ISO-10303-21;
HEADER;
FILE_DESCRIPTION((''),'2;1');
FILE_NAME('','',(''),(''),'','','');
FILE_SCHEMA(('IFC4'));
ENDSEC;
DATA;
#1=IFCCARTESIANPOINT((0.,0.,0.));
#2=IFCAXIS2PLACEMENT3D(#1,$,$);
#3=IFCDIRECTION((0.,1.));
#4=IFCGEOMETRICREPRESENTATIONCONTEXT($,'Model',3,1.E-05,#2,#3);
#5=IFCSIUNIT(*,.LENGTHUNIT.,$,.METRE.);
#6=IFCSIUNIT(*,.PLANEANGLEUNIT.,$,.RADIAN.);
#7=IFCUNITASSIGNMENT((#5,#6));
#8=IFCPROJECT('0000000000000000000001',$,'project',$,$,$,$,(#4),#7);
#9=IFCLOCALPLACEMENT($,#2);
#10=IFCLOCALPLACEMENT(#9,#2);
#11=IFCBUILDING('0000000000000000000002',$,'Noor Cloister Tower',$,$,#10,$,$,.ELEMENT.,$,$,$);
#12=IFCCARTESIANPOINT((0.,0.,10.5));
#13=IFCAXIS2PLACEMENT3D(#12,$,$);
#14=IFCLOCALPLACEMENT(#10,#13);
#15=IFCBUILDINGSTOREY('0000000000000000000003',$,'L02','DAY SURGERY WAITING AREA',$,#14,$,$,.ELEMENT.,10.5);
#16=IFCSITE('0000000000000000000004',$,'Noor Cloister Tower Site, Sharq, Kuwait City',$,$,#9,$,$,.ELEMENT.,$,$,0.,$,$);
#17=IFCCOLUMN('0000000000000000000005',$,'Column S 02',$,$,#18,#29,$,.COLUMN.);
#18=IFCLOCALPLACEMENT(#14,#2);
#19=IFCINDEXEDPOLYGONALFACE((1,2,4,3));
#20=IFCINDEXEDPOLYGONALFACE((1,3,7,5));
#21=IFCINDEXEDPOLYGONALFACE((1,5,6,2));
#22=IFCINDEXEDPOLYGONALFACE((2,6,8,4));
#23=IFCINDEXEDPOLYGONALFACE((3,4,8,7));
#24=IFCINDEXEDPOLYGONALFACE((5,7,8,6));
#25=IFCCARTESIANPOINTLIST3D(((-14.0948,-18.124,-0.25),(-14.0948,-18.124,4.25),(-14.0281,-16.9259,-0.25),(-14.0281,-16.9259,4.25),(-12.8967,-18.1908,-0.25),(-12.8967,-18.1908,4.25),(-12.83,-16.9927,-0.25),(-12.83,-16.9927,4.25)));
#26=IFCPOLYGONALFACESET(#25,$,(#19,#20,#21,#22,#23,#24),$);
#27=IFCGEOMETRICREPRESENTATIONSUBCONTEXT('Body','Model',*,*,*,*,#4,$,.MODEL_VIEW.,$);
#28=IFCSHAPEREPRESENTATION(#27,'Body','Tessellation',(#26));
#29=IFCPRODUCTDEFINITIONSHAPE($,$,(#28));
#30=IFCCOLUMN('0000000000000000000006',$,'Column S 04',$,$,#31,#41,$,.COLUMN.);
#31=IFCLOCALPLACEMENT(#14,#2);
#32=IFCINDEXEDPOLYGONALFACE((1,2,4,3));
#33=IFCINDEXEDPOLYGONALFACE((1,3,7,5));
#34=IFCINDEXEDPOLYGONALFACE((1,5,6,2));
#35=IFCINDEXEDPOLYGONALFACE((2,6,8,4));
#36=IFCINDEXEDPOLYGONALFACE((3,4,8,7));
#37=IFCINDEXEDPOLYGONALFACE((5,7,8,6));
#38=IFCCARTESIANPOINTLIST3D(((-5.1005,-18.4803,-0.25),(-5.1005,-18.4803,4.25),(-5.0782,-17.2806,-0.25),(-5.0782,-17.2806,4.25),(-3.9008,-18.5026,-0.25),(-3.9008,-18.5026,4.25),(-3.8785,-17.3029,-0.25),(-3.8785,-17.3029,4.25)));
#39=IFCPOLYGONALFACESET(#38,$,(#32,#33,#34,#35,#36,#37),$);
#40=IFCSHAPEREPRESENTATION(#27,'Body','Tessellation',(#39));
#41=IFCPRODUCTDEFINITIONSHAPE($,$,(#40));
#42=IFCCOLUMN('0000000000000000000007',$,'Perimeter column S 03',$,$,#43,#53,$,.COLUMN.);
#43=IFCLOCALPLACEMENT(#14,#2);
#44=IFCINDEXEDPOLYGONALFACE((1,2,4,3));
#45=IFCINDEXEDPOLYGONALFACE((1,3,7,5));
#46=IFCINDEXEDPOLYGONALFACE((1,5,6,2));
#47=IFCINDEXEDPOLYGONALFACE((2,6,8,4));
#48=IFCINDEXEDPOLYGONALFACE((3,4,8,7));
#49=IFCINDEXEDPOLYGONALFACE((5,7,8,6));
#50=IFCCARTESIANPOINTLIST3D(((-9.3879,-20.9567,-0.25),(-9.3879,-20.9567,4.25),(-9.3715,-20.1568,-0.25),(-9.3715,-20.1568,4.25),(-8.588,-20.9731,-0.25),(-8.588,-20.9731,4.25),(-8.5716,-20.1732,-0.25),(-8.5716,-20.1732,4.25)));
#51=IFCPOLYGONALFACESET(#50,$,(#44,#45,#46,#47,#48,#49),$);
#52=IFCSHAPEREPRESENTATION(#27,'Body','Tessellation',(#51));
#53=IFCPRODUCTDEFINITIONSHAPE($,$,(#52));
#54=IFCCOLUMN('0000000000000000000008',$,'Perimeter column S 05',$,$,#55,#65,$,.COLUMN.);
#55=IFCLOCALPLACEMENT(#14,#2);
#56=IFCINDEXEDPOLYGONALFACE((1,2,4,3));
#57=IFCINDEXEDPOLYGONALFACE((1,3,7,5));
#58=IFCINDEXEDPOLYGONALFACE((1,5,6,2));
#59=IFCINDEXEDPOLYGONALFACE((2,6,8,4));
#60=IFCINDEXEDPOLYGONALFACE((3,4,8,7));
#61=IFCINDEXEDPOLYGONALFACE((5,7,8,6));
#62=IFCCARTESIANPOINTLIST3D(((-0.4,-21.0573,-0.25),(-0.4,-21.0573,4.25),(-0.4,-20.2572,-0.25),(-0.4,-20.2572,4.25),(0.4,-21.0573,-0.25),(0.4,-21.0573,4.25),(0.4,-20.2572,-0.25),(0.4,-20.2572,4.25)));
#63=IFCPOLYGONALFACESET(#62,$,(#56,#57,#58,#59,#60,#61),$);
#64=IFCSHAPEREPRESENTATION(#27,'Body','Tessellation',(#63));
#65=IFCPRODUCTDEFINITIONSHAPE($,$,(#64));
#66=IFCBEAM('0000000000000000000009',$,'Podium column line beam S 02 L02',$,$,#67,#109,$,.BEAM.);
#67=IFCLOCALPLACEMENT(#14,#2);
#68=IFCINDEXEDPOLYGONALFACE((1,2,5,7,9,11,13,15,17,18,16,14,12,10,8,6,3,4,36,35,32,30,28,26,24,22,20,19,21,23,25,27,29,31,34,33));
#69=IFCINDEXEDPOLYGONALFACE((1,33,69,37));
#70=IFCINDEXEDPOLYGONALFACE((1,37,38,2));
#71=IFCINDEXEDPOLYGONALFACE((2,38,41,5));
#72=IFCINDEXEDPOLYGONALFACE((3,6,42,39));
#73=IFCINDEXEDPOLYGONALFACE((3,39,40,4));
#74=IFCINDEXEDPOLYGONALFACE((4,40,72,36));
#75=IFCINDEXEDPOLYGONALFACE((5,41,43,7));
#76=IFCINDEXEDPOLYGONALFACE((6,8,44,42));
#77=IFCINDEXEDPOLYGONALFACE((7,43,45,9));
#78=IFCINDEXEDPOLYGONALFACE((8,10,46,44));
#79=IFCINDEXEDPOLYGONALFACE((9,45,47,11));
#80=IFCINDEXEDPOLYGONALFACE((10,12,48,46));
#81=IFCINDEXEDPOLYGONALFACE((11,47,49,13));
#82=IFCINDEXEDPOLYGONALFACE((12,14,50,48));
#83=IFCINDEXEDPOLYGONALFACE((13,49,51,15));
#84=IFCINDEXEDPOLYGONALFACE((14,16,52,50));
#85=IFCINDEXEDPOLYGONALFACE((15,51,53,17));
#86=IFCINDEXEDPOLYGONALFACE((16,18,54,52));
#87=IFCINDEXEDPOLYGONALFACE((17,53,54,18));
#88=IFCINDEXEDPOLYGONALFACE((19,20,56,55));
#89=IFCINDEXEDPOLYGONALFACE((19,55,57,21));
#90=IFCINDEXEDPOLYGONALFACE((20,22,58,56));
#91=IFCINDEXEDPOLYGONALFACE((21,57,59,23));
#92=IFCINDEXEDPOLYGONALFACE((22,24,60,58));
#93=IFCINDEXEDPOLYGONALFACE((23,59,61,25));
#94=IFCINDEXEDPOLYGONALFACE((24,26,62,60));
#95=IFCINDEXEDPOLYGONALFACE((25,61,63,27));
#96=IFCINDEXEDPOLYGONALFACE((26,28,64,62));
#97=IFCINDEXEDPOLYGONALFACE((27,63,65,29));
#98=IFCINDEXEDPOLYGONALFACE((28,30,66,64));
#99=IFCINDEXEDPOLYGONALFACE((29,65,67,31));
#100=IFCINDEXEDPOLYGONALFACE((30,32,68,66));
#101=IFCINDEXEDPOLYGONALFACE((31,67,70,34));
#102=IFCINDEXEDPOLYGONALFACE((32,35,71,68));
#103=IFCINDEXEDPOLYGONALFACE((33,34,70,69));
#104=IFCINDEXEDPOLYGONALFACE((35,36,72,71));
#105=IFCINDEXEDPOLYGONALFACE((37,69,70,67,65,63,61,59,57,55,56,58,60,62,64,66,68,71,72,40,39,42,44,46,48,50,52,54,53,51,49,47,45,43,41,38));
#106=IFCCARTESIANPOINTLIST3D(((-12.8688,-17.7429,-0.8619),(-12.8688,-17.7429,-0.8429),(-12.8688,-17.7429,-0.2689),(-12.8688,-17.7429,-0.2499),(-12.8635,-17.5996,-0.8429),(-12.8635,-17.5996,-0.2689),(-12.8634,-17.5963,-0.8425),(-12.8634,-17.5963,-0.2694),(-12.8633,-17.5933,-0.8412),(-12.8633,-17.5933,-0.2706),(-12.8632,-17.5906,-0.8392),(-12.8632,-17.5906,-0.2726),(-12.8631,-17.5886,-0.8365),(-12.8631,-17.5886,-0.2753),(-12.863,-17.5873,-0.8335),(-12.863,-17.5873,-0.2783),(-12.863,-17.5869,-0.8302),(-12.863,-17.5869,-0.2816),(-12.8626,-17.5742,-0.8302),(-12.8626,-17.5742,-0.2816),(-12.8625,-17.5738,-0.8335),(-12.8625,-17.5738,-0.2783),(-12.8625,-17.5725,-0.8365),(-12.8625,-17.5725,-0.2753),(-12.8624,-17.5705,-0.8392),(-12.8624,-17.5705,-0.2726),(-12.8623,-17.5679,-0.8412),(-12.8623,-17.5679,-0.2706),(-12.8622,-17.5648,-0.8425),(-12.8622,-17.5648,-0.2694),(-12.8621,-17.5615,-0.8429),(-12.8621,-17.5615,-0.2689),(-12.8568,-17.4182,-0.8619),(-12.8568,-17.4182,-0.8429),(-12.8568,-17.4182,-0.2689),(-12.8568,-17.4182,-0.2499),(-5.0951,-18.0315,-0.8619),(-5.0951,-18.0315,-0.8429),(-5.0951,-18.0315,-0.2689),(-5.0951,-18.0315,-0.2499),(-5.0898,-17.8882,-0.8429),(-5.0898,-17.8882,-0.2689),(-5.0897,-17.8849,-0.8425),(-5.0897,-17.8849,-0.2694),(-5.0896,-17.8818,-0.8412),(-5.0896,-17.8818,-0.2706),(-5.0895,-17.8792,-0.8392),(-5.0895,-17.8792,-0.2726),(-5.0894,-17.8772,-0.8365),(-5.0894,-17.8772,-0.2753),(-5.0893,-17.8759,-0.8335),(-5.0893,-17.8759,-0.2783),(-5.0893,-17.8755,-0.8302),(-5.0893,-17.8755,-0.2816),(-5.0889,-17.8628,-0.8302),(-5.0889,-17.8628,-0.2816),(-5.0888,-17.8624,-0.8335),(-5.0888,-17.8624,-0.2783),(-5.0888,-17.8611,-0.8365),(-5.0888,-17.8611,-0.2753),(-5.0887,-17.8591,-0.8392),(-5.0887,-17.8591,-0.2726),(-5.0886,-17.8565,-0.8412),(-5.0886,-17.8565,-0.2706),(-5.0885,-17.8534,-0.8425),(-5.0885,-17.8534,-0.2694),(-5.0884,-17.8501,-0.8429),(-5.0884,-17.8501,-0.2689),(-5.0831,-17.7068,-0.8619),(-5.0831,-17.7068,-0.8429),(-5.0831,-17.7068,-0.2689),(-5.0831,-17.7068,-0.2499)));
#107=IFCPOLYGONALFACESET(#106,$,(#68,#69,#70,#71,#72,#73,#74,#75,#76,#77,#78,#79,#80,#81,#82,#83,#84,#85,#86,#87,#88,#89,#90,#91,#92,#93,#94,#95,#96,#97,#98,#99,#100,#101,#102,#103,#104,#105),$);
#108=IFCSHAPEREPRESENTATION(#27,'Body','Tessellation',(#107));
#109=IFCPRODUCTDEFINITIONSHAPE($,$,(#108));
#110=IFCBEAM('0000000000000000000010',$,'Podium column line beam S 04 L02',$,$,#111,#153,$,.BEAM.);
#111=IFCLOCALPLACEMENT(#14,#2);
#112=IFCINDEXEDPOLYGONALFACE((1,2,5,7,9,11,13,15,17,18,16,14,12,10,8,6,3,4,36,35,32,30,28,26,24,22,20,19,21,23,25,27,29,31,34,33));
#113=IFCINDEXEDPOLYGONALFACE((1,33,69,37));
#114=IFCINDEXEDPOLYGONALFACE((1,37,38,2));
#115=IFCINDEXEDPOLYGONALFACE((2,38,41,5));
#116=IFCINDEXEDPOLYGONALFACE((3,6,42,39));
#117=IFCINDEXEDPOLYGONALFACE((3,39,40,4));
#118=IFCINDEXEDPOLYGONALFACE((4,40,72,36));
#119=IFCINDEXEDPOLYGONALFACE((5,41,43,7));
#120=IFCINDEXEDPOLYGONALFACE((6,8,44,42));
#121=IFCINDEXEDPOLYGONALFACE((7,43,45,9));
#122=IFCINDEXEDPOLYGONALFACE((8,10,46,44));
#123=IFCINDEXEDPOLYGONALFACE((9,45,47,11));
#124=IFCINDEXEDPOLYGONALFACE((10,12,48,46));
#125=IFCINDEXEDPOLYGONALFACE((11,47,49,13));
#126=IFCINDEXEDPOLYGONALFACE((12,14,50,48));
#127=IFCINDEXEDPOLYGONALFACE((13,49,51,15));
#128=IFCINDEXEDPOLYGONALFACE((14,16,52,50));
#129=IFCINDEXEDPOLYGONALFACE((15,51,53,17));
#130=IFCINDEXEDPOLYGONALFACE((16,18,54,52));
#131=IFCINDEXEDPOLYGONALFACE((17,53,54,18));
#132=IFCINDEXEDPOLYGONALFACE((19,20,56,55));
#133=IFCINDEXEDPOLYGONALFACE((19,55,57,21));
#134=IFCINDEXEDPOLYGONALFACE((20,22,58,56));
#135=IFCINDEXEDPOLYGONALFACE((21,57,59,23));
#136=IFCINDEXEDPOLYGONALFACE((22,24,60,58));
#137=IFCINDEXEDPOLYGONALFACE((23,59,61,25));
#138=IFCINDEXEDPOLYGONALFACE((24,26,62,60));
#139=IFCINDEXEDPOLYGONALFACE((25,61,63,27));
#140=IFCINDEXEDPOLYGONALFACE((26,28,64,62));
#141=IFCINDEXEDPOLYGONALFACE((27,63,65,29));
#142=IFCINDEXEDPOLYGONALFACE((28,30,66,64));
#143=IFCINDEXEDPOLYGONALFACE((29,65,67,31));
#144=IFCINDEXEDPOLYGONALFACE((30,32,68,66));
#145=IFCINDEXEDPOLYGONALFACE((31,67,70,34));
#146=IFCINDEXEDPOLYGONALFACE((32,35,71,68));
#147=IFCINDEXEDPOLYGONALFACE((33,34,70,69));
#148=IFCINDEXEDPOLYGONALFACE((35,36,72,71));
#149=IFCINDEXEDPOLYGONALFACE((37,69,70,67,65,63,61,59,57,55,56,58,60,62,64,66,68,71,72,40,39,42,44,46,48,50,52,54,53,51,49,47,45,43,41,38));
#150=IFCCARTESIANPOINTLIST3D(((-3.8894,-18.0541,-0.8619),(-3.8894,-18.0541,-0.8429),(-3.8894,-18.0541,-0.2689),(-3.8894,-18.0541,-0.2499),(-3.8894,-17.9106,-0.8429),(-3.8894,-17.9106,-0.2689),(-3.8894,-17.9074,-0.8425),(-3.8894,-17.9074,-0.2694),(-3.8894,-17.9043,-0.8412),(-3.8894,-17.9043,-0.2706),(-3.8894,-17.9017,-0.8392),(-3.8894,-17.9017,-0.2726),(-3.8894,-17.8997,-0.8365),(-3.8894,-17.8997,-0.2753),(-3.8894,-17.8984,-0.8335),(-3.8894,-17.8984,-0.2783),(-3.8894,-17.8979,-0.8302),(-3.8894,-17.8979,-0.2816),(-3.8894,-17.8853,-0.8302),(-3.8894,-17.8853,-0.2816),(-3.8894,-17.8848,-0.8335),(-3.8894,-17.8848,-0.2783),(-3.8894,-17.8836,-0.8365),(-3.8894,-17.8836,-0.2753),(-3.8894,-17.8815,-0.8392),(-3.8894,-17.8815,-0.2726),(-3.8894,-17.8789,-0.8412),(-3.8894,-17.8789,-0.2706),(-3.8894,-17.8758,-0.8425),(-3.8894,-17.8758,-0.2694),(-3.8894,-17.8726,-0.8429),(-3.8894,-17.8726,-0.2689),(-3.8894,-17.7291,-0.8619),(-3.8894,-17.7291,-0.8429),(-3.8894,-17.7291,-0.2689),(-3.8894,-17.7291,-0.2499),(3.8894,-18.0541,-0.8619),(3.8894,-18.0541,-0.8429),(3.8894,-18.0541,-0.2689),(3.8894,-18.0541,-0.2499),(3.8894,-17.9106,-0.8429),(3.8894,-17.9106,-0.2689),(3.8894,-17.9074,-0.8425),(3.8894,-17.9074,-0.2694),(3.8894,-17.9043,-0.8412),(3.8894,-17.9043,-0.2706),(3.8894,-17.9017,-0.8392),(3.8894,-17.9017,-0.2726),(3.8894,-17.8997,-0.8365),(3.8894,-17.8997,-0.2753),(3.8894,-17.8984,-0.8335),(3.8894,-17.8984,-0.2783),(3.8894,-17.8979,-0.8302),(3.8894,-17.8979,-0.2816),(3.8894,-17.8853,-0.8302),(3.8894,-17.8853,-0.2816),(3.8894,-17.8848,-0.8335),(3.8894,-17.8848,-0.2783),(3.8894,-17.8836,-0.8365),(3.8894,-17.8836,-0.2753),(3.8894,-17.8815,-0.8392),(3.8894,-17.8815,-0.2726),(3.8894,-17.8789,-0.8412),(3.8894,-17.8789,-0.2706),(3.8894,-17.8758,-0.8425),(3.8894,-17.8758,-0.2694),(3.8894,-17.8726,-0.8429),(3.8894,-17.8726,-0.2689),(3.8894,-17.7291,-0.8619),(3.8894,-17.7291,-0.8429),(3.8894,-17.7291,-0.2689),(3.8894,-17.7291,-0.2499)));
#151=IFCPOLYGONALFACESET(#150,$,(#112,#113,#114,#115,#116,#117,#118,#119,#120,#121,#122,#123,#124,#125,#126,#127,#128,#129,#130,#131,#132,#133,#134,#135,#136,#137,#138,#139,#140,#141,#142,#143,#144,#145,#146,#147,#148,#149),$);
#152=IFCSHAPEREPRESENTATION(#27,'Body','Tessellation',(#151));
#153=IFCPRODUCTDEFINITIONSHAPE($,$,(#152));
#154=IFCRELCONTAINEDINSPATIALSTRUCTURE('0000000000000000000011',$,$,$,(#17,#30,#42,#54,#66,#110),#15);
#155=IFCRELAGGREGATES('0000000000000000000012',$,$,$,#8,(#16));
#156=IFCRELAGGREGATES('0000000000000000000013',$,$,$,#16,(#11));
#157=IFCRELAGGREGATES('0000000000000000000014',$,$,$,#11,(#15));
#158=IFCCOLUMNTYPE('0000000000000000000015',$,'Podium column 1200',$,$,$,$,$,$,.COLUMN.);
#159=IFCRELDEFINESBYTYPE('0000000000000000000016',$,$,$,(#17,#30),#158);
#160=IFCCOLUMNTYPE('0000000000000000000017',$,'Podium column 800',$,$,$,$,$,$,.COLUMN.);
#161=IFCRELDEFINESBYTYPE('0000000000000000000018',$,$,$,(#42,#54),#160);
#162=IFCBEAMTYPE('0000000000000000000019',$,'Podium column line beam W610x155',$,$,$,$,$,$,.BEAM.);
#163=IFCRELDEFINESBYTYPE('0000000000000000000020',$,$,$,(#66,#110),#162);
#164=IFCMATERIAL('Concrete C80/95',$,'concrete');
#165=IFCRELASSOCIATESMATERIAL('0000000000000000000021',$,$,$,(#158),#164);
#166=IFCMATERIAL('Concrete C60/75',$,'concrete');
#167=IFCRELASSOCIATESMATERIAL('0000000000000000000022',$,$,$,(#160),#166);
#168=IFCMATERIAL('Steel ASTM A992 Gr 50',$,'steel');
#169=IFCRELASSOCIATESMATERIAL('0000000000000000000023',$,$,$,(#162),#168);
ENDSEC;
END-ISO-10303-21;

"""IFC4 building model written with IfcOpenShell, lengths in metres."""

from ifc_helpers import new_model, si_unit, direction, frame, origin, origin_2d, place, context, subcontext, project, spatial, rectangle, i_section, extrude, material, material_profile, profile_set, type_object, element, save


model = new_model("IFC4")

# Units and contexts
model_context = context("Model", 3, precision=1e-05, world=origin(), true_north=direction((0.0, 1.0)))
body_context = subcontext(model_context, "Body", "Model", "MODEL_VIEW")
ifc_project = project(units=[si_unit("LENGTHUNIT", "METRE"), si_unit("PLANEANGLEUNIT", "RADIAN")], contexts=[model_context])

# Site, building, storey
site_placement = place(None, origin())
site = spatial("IfcSite", under=ifc_project, at=site_placement, Name="Noor Cloister Tower Site, Sharq, Kuwait City", CompositionType="ELEMENT", RefElevation=0.0)
building_placement = place(site_placement, origin())
building = spatial("IfcBuilding", under=site, at=building_placement, Name="Noor Cloister Tower", CompositionType="ELEMENT")
storey_placement = place(building_placement, frame((0.0, 0.0, 10.5)))
storey = spatial("IfcBuildingStorey", under=building, at=storey_placement, Name="L02", Description="DAY SURGERY WAITING AREA", CompositionType="ELEMENT", Elevation=10.5)

# Columns
ifc_material_1 = material(Name="Concrete C80/95", Category="concrete")
ifc_material_profile_1 = material_profile(ifc_material_1, rectangle(XDim=1.2, YDim=1.2, at=origin_2d()), Name="Podium column 1200")
ifc_profile_set_1 = profile_set([ifc_material_profile_1], Name="Concrete C80/95")
column_type_1 = type_object("IfcColumnType", Name="Podium column 1200", PredefinedType="COLUMN", material=ifc_profile_set_1)
for number, where, z_axis, x_axis, name in (
    (1, (-13.4624, -17.5583, -0.25), (0.0, 0.0, 1.0), (-0.055633, -0.998451, 0.0), "Column S 02"),
    (2, (-4.4895, -17.8916, -0.25), (0.0, 0.0, 1.0), (-0.018553, -0.999828, 0.0), "Column S 04"),
):
    element("IfcColumn", number, at=place(storey_placement, frame(where, z_axis=z_axis, x_axis=x_axis)), inside=storey, type_object=column_type_1, Name=name, PredefinedType="COLUMN", context=body_context, shape_type="SweptSolid", body=[
        extrude(rectangle(XDim=1.2, YDim=1.2, at=origin_2d()), origin(), (0.0, 0.0, 1.0), 4.5),
    ])
ifc_material_2 = material(Name="Concrete C60/75", Category="concrete")
ifc_material_profile_2 = material_profile(ifc_material_2, rectangle(XDim=0.8, YDim=0.8, at=origin_2d()), Name="Podium column 800")
ifc_profile_set_2 = profile_set([ifc_material_profile_2], Name="Concrete C60/75")
column_type_2 = type_object("IfcColumnType", Name="Podium column 800", PredefinedType="COLUMN", material=ifc_profile_set_2)
for number, where, z_axis, x_axis, name in (
    (3, (-8.9797, -20.5649, -0.25), (0.0, 0.0, 1.0), (-0.020537, -0.999789, 0.0), "Perimeter column S 03"),
    (4, (0.0, -20.6572, -0.25), (0.0, 0.0, 1.0), (0.0, -1.0, 0.0), "Perimeter column S 05"),
):
    element("IfcColumn", number, at=place(storey_placement, frame(where, z_axis=z_axis, x_axis=x_axis)), inside=storey, type_object=column_type_2, Name=name, PredefinedType="COLUMN", context=body_context, shape_type="SweptSolid", body=[
        extrude(rectangle(XDim=0.8, YDim=0.8, at=origin_2d()), origin(), (0.0, 0.0, 1.0), 4.5),
    ])

# Beams
ifc_material_3 = material(Name="Steel ASTM A992 Gr 50", Category="steel")
ifc_material_profile_3 = material_profile(ifc_material_3, i_section(OverallWidth=0.325, OverallDepth=0.6121, WebThickness=0.0127, FlangeThickness=0.019, FilletRadius=0.0127, at=origin_2d()), Name="W610x155")
ifc_profile_set_3 = profile_set([ifc_material_profile_3], Name="Steel ASTM A992 Gr 50")
beam_type_1 = type_object("IfcBeamType", Name="Podium column line beam W610x155", PredefinedType="BEAM", material=ifc_profile_set_3)
beam_1_placement = place(storey_placement, frame((-12.8628, -17.5806, -0.5559), z_axis=(0.999312, -0.037096, 0.0), x_axis=(0.037096, 0.999312, 0.0)))
element("IfcBeam", 5, at=beam_1_placement, inside=storey, type_object=beam_type_1, Name="Podium column line beam S 02 L02", PredefinedType="BEAM", context=body_context, shape_type="SweptSolid", body=[
    extrude(i_section(OverallWidth=0.325, OverallDepth=0.6121, WebThickness=0.0127, FlangeThickness=0.019, FilletRadius=0.0127, at=origin_2d()), origin(), (0.0, 0.0, 1.0), 7.7791),
])
beam_2_placement = place(storey_placement, frame((-3.8894, -17.8916, -0.5559), z_axis=(1.0, 0.0, 0.0), x_axis=(0.0, 1.0, 0.0)))
element("IfcBeam", 6, at=beam_2_placement, inside=storey, type_object=beam_type_1, Name="Podium column line beam S 04 L02", PredefinedType="BEAM", context=body_context, shape_type="SweptSolid", body=[
    extrude(i_section(OverallWidth=0.325, OverallDepth=0.6121, WebThickness=0.0127, FlangeThickness=0.019, FilletRadius=0.0127, at=origin_2d()), origin(), (0.0, 0.0, 1.0), 7.7788),
])

save(model, "model.ifc")
